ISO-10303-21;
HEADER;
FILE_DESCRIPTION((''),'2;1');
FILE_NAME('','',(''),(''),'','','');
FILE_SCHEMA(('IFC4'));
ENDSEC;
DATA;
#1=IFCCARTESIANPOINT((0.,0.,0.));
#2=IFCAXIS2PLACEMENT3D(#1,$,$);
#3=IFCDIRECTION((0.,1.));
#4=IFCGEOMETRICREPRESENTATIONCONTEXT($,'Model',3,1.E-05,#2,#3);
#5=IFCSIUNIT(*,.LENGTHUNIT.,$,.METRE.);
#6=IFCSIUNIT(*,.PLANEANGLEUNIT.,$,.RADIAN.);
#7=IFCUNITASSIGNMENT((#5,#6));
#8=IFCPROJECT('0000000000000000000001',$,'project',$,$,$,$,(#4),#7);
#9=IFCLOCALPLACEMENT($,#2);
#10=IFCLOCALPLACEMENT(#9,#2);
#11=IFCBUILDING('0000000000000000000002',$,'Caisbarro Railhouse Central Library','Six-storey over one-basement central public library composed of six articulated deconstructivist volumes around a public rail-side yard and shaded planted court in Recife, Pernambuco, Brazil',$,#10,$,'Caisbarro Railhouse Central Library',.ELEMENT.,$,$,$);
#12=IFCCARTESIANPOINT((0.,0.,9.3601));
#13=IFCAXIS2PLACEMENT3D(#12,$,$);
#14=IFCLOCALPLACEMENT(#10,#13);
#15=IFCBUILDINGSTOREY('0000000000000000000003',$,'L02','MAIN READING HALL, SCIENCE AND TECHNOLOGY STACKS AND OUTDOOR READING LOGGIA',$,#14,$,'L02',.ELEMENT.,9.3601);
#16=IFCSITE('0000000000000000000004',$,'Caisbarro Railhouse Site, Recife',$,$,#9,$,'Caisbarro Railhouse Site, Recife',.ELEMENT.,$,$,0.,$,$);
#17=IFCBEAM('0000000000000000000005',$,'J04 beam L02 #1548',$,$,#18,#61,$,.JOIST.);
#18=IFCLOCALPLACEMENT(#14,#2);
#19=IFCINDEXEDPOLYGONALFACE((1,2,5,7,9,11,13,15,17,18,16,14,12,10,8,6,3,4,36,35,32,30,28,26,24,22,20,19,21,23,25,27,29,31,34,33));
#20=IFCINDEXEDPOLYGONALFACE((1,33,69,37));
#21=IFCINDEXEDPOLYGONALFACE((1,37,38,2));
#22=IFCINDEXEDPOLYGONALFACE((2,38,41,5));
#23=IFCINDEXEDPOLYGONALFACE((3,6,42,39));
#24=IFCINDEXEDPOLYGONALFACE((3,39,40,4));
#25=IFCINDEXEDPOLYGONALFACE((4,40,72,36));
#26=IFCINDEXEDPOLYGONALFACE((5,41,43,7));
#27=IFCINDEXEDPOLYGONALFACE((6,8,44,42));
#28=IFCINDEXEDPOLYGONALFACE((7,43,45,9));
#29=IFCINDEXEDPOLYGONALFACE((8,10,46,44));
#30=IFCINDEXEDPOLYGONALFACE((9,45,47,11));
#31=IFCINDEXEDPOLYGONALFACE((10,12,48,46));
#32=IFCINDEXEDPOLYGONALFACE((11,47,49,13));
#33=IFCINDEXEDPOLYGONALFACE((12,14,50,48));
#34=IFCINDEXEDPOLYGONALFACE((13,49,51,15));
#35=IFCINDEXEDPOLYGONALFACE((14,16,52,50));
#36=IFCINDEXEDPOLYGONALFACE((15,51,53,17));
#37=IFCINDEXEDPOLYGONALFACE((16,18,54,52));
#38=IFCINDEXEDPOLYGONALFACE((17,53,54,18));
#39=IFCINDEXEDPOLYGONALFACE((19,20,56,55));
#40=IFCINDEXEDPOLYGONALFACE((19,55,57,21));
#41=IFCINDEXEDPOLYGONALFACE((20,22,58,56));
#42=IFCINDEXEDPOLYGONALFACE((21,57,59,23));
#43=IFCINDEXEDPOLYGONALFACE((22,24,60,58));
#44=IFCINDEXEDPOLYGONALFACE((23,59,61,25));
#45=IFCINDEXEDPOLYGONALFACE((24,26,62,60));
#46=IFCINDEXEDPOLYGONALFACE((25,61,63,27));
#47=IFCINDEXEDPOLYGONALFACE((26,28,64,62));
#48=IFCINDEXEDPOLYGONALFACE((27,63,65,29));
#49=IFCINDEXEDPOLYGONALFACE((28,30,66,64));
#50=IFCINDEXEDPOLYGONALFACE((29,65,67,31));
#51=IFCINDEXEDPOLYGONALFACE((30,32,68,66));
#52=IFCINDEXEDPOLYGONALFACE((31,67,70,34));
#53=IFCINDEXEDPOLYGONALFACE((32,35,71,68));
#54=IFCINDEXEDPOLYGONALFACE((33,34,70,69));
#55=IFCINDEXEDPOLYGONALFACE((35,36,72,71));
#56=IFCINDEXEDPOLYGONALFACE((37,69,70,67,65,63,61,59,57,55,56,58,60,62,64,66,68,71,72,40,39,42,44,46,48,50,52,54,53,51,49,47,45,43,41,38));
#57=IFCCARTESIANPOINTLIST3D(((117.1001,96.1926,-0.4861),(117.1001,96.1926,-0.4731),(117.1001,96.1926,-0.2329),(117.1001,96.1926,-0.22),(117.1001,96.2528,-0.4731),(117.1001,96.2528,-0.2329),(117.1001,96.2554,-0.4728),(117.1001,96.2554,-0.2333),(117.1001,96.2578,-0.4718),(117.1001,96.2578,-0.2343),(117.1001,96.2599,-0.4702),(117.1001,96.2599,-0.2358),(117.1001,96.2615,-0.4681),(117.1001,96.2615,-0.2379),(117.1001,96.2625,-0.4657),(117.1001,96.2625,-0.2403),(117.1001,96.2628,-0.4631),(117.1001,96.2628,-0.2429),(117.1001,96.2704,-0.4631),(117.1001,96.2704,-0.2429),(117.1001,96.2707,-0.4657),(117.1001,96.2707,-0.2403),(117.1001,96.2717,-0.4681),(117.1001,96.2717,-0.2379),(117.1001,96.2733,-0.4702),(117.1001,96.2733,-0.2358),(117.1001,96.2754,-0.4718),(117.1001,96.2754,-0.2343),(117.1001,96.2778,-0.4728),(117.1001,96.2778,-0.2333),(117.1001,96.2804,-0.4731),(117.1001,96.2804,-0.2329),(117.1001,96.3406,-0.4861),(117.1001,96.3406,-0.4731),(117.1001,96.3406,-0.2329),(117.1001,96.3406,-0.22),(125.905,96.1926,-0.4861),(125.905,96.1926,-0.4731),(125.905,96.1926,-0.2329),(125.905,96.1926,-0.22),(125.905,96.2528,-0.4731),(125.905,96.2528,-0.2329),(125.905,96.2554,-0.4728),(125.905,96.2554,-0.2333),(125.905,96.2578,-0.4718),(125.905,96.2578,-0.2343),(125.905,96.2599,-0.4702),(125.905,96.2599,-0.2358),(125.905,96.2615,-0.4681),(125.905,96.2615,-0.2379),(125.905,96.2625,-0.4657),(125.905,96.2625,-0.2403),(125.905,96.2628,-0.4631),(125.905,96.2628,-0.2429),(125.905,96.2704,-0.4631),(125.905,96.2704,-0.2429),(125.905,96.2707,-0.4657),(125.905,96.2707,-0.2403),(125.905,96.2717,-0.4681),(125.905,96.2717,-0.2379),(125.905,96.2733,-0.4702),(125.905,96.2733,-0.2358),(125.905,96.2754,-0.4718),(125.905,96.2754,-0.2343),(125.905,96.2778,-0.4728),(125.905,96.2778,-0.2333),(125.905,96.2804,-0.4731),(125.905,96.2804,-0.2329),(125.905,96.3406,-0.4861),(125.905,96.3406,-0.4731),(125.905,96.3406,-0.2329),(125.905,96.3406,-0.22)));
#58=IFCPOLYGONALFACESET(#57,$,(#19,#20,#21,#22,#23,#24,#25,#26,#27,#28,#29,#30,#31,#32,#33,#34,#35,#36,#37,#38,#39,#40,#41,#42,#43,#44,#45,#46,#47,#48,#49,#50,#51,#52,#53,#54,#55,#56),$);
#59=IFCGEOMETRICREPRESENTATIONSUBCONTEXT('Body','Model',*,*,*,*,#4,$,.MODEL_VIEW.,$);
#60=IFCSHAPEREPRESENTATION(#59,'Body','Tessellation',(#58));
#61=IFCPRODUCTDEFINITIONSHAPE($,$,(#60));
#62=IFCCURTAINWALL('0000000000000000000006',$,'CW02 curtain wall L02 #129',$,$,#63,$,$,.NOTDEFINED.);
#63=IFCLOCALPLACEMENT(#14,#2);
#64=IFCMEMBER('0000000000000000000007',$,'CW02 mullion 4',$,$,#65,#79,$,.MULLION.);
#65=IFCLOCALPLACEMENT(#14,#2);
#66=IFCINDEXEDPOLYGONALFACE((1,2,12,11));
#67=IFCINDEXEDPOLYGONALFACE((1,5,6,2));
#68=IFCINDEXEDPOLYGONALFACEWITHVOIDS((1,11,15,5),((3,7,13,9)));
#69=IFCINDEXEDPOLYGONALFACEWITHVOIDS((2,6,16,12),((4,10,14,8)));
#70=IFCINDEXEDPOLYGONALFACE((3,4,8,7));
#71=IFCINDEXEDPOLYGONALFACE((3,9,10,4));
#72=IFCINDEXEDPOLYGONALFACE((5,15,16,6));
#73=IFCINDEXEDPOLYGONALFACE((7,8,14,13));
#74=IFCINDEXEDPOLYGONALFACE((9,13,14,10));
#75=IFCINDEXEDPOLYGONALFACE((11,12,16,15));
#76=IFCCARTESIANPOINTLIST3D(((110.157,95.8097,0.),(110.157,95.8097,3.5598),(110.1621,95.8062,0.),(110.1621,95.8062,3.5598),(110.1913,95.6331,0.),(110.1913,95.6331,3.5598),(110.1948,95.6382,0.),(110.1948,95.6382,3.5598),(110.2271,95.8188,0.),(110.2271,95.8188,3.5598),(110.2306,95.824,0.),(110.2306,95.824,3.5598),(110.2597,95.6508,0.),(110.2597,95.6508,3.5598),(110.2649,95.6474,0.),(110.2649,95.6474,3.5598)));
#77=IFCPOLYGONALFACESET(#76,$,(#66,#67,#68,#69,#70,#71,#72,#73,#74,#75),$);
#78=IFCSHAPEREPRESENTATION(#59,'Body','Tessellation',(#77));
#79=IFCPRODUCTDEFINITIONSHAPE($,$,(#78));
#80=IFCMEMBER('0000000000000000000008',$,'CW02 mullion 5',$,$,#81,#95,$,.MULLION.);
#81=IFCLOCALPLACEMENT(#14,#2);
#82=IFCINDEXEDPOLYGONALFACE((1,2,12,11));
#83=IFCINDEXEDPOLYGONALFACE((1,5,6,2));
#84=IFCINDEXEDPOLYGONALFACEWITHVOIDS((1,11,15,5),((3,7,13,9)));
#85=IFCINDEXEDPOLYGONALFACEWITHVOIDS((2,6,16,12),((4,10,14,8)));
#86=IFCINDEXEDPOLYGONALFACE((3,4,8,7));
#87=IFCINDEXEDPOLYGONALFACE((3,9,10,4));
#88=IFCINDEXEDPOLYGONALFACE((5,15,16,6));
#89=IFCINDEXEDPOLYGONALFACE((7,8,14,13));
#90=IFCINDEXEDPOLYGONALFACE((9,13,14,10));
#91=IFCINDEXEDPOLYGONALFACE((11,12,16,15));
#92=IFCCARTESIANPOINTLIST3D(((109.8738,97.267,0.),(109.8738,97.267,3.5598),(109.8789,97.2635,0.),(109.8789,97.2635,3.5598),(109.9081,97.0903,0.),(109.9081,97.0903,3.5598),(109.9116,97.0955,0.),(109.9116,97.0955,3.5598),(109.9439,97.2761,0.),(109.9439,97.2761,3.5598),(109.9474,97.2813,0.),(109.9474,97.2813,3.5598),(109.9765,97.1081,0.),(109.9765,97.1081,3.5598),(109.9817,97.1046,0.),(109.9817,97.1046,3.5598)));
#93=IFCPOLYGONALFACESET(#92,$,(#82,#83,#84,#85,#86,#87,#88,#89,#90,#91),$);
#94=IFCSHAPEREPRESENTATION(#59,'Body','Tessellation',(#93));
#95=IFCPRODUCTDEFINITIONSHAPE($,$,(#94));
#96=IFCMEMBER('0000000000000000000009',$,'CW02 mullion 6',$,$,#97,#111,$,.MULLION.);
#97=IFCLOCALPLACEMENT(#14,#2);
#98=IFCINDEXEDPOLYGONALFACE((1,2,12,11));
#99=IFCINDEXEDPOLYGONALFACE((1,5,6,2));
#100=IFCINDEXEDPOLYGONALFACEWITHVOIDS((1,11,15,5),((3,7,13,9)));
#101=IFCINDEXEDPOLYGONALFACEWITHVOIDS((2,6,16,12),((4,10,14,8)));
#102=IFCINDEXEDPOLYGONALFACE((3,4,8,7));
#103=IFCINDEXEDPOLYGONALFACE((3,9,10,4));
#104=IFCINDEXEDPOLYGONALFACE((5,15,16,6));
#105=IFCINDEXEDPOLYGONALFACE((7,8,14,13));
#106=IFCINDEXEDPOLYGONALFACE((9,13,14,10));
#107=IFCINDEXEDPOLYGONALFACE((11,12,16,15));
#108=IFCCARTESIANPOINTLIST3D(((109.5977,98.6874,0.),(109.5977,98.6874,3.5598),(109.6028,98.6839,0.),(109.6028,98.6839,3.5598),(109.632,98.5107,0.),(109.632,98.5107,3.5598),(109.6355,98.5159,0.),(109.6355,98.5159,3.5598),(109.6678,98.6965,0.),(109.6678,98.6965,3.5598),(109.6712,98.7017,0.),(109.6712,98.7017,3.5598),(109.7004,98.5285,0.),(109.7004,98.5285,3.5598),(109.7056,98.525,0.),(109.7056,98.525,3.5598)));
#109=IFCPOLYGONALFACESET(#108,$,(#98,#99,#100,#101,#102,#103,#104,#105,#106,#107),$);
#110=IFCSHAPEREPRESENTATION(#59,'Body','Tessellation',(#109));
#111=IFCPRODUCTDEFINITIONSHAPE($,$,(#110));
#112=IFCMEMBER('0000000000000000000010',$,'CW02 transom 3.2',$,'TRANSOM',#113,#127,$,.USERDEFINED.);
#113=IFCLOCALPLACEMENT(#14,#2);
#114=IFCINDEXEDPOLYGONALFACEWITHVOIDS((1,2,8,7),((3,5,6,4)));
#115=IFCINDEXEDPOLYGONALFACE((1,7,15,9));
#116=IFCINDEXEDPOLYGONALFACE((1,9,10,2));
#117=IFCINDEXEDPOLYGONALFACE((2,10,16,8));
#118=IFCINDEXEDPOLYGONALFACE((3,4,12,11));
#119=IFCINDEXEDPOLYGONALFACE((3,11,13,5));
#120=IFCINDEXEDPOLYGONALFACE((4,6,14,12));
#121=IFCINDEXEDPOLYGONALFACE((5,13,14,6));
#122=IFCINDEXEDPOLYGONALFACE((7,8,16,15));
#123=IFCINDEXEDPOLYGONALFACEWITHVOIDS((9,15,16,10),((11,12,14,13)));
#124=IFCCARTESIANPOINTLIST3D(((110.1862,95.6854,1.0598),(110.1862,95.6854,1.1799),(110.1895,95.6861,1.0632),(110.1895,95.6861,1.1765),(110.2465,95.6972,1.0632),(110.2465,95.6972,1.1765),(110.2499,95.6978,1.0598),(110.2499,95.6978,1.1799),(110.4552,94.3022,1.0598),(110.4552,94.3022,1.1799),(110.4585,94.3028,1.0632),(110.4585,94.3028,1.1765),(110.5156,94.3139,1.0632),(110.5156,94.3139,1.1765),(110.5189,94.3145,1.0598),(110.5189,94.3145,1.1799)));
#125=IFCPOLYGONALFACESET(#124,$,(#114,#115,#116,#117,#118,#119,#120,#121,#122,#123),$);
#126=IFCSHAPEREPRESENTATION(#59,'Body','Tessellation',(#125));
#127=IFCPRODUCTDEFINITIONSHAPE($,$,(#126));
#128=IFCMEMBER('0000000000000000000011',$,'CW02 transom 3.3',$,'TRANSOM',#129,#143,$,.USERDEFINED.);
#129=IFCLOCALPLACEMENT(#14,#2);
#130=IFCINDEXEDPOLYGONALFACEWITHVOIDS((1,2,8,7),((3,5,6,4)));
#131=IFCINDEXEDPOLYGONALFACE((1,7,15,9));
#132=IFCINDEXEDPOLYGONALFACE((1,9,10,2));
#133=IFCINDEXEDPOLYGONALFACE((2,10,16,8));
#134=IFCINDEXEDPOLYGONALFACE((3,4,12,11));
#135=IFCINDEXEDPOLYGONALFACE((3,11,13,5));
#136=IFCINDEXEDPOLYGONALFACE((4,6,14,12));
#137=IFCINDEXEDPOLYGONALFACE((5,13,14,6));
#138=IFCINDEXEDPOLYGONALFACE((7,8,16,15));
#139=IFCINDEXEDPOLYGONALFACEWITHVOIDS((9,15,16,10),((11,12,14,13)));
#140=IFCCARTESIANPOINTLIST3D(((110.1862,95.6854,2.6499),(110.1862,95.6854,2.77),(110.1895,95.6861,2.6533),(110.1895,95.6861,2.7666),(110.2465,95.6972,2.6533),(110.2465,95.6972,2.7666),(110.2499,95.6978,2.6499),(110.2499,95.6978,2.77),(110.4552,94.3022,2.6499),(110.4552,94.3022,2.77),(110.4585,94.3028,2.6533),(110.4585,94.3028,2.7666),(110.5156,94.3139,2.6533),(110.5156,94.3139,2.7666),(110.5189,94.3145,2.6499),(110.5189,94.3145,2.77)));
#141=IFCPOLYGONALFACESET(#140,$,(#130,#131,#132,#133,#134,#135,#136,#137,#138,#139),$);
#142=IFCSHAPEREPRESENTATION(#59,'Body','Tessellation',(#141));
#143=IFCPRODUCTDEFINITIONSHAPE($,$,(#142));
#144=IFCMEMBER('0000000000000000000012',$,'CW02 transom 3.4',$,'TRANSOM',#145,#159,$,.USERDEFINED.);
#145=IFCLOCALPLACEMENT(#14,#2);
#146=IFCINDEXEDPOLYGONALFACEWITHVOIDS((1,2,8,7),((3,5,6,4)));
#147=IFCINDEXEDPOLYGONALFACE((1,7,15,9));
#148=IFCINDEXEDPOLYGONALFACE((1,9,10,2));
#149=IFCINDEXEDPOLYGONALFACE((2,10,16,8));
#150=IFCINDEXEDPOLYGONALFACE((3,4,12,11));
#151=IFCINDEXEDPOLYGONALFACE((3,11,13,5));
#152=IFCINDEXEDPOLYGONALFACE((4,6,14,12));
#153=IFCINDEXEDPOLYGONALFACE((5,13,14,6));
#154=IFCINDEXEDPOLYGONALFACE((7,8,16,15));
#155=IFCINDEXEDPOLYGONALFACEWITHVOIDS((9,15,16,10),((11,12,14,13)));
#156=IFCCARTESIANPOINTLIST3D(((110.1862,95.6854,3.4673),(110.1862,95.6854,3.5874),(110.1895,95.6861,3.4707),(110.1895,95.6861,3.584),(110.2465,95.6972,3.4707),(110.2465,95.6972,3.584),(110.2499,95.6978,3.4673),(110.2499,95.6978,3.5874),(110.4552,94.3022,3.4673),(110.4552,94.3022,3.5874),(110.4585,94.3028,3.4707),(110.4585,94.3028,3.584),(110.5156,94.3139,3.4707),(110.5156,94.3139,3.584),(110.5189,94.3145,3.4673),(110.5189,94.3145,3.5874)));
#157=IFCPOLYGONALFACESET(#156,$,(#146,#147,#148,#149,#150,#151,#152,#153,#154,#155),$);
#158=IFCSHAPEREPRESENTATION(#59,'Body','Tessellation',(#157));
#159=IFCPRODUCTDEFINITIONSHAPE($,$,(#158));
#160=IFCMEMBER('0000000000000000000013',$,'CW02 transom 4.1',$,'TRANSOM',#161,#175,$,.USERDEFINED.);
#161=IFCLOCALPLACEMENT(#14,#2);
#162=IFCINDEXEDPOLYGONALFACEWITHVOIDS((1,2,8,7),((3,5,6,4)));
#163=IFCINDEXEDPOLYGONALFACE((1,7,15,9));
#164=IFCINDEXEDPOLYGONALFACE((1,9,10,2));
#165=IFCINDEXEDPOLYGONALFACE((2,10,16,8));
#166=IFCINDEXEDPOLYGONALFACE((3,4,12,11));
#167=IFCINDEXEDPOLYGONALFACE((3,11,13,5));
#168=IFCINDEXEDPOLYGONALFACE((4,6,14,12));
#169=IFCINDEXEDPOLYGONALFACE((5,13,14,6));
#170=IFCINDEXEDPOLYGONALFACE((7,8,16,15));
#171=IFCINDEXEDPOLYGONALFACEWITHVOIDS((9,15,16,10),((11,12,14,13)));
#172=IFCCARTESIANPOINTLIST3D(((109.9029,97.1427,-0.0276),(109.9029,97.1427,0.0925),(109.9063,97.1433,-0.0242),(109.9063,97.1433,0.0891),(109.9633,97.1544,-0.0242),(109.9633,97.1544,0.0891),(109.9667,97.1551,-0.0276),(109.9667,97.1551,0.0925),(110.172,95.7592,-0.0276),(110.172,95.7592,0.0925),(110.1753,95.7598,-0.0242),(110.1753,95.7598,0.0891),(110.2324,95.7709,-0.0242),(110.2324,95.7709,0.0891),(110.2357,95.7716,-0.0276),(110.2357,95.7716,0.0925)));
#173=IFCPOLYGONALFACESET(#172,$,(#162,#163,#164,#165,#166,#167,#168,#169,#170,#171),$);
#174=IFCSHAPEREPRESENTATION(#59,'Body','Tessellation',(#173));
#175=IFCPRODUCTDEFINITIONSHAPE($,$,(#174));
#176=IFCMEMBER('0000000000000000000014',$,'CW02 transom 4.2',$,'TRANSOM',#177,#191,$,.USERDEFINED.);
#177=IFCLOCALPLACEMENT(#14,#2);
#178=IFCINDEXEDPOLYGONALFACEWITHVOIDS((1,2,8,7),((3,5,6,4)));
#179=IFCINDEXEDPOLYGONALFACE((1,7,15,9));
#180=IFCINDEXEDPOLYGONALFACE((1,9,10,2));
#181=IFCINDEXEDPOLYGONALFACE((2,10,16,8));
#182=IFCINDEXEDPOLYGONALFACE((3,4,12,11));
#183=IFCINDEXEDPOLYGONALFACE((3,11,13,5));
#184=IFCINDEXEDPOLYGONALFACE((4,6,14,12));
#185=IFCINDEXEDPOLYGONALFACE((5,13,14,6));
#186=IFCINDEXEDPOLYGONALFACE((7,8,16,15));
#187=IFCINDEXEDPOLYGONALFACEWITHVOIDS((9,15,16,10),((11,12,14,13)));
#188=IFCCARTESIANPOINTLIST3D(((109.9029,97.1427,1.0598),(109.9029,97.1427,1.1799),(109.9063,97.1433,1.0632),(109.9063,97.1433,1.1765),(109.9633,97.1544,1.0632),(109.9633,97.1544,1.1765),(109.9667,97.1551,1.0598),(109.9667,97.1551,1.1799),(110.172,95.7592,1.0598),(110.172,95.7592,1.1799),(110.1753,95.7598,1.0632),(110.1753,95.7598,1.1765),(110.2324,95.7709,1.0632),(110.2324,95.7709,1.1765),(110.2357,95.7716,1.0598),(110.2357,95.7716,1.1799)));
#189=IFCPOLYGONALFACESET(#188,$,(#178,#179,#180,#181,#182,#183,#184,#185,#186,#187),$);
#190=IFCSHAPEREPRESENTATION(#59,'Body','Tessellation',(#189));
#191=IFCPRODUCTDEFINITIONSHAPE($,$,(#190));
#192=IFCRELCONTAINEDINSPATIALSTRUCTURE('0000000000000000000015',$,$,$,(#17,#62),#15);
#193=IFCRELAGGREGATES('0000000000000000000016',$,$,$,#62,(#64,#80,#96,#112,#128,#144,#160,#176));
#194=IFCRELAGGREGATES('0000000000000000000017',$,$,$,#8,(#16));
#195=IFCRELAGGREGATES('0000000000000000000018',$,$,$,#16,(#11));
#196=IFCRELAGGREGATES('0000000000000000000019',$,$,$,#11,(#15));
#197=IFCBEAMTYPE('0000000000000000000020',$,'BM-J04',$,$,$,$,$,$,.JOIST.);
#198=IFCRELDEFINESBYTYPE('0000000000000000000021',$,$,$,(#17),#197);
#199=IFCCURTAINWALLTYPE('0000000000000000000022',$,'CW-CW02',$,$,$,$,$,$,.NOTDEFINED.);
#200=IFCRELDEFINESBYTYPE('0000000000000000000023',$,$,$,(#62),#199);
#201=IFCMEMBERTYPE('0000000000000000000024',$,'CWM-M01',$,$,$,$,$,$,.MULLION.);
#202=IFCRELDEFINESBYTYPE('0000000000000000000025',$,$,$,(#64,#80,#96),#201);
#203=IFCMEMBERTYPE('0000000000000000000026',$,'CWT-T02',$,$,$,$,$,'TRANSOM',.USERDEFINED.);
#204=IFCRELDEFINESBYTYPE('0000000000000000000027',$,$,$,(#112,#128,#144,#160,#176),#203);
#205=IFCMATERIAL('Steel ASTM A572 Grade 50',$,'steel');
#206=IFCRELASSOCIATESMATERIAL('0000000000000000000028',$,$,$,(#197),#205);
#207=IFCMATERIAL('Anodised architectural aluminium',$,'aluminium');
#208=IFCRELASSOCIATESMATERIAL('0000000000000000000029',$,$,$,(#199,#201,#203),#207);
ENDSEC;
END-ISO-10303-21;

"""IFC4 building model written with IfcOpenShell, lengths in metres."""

from ifc_helpers import new_model, si_unit, direction, frame, origin, origin_2d, place, context, subcontext, project, spatial, hollow_rectangle, i_section, extrude, material, material_profile, profile_set, type_object, element, aggregate, save


model = new_model("IFC4")

# Units and contexts
model_context = context("Model", 3, precision=1e-05, world=origin(), true_north=direction((0.0, 1.0)))
body_context = subcontext(model_context, "Body", "Model", "MODEL_VIEW")
ifc_project = project(units=[si_unit("LENGTHUNIT", "METRE"), si_unit("PLANEANGLEUNIT", "RADIAN")], contexts=[model_context])

# Site, building, storey
site_placement = place(None, origin())
site = spatial("IfcSite", under=ifc_project, at=site_placement, Name="Caisbarro Railhouse Site, Recife", LongName="Caisbarro Railhouse Site, Recife", CompositionType="ELEMENT", RefElevation=0.0)
building_placement = place(site_placement, origin())
building = spatial("IfcBuilding", under=site, at=building_placement, Name="Caisbarro Railhouse Central Library", Description="Six-storey over one-basement central public library composed of six articulated deconstructivist volumes around a public rail-side yard and shaded planted court in Recife, Pernambuco, Brazil", LongName="Caisbarro Railhouse Central Library", CompositionType="ELEMENT")
storey_placement = place(building_placement, frame((0.0, 0.0, 9.3601)))
storey = spatial("IfcBuildingStorey", under=building, at=storey_placement, Name="L02", Description="MAIN READING HALL, SCIENCE AND TECHNOLOGY STACKS AND OUTDOOR READING LOGGIA", LongName="L02", CompositionType="ELEMENT", Elevation=9.3601)

# Shared definitions
ifc_material_1 = material(Name="Steel ASTM A572 Grade 50", Category="steel")

# Beam
ifc_material_profile_1 = material_profile(ifc_material_1, i_section(OverallWidth=0.1479, OverallDepth=0.2661, WebThickness=0.0076, FlangeThickness=0.0129, FilletRadius=0.01, at=origin_2d()), Name="W250X44.8")
ifc_profile_set_1 = profile_set([ifc_material_profile_1], Name="Steel ASTM A572 Grade 50")
beam_type_1 = type_object("IfcBeamType", Name="BM-J04", PredefinedType="JOIST", material=ifc_profile_set_1)
beam_1_placement = place(storey_placement, frame((117.1001, 96.2666, -0.353), z_axis=(1.0, 0.0, 0.0), x_axis=(0.0, 1.0, 0.0)))
element("IfcBeam", 1, at=beam_1_placement, inside=storey, type_object=beam_type_1, Name="J04 beam L02 #1548", PredefinedType="JOIST", context=body_context, shape_type="SweptSolid", body=[
    extrude(i_section(OverallWidth=0.1479, OverallDepth=0.2661, WebThickness=0.0076, FlangeThickness=0.0129, FilletRadius=0.01, at=origin_2d()), origin(), (0.0, 0.0, 1.0), 8.8049),
])

# Curtain wall, members
ifc_material_2 = material(Name="Anodised architectural aluminium", Category="aluminium")
curtain_wall_type = type_object("IfcCurtainWallType", Name="CW-CW02", PredefinedType="NOTDEFINED", material=ifc_material_2)
curtain_wall_placement = place(storey_placement, origin())
curtain_wall = element("IfcCurtainWall", 2, at=curtain_wall_placement, inside=storey, type_object=curtain_wall_type, Name="CW02 curtain wall L02 #129", PredefinedType="NOTDEFINED")
ifc_material_profile_2 = material_profile(ifc_material_2, hollow_rectangle(XDim=0.075, YDim=0.1799, WallThickness=0.0044, at=origin_2d()), Name="ALU-MUL-75X180")
ifc_profile_set_2 = profile_set([ifc_material_profile_2], Name="Anodised architectural aluminium")
member_type_1 = type_object("IfcMemberType", Name="CWM-M01", PredefinedType="MULLION", material=ifc_profile_set_2)
member_1_placement = place(storey_placement, frame((110.2109, 95.7285, 0.0), z_axis=(0.0, 0.0, 1.0), x_axis=(-0.981633, -0.190781, 0.0)))
member_1 = element("IfcMember", 3, at=member_1_placement, type_object=member_type_1, Name="CW02 mullion 4", PredefinedType="MULLION", context=body_context, shape_type="SweptSolid", body=[
    extrude(hollow_rectangle(XDim=0.075, YDim=0.1799, WallThickness=0.0044, at=origin_2d()), origin(), (0.0, 0.0, 1.0), 3.5598),
])
member_2_placement = place(storey_placement, frame((109.9277, 97.1858, 0.0), z_axis=(0.0, 0.0, 1.0), x_axis=(-0.981633, -0.190781, 0.0)))
member_2 = element("IfcMember", 4, at=member_2_placement, type_object=member_type_1, Name="CW02 mullion 5", PredefinedType="MULLION", context=body_context, shape_type="SweptSolid", body=[
    extrude(hollow_rectangle(XDim=0.075, YDim=0.1799, WallThickness=0.0044, at=origin_2d()), origin(), (0.0, 0.0, 1.0), 3.5598),
])
member_3_placement = place(storey_placement, frame((109.6516, 98.6062, 0.0), z_axis=(0.0, 0.0, 1.0), x_axis=(-0.981633, -0.190781, 0.0)))
member_3 = element("IfcMember", 5, at=member_3_placement, type_object=member_type_1, Name="CW02 mullion 6", PredefinedType="MULLION", context=body_context, shape_type="SweptSolid", body=[
    extrude(hollow_rectangle(XDim=0.075, YDim=0.1799, WallThickness=0.0044, at=origin_2d()), origin(), (0.0, 0.0, 1.0), 3.5598),
])
ifc_material_profile_3 = material_profile(ifc_material_2, hollow_rectangle(XDim=0.0649, YDim=0.1201, WallThickness=0.0034, at=origin_2d()), Name="ALU-TRN-65X120")
ifc_profile_set_3 = profile_set([ifc_material_profile_3], Name="Anodised architectural aluminium")
member_type_2 = type_object("IfcMemberType", Name="CWT-T02", ElementType="TRANSOM", PredefinedType="USERDEFINED", material=ifc_profile_set_3)
member_4_placement = place(storey_placement, frame((110.4871, 94.3083, 1.1199), z_axis=(-0.190916, 0.981606, 0.0), x_axis=(-0.981606, -0.190916, 0.0)))
member_4 = element("IfcMember", 6, at=member_4_placement, type_object=member_type_2, Name="CW02 transom 3.2", ObjectType="TRANSOM", PredefinedType="USERDEFINED", context=body_context, shape_type="SweptSolid", body=[
    extrude(hollow_rectangle(XDim=0.0649, YDim=0.1201, WallThickness=0.0034, at=origin_2d()), origin(), (0.0, 0.0, 1.0), 1.4092),
])
member_5_placement = place(storey_placement, frame((110.4871, 94.3083, 2.71), z_axis=(-0.190916, 0.981606, 0.0), x_axis=(-0.981606, -0.190916, 0.0)))
member_5 = element("IfcMember", 7, at=member_5_placement, type_object=member_type_2, Name="CW02 transom 3.3", ObjectType="TRANSOM", PredefinedType="USERDEFINED", context=body_context, shape_type="SweptSolid", body=[
    extrude(hollow_rectangle(XDim=0.0649, YDim=0.1201, WallThickness=0.0034, at=origin_2d()), origin(), (0.0, 0.0, 1.0), 1.4092),
])
member_6_placement = place(storey_placement, frame((110.4871, 94.3083, 3.5273), z_axis=(-0.190916, 0.981606, 0.0), x_axis=(-0.981606, -0.190916, 0.0)))
member_6 = element("IfcMember", 8, at=member_6_placement, type_object=member_type_2, Name="CW02 transom 3.4", ObjectType="TRANSOM", PredefinedType="USERDEFINED", context=body_context, shape_type="SweptSolid", body=[
    extrude(hollow_rectangle(XDim=0.0649, YDim=0.1201, WallThickness=0.0034, at=origin_2d()), origin(), (0.0, 0.0, 1.0), 1.4092),
])
member_7_placement = place(storey_placement, frame((110.2039, 95.7654, 0.0325), z_axis=(-0.190884, 0.981613, 0.0), x_axis=(-0.981613, -0.190884, 0.0)))
member_7 = element("IfcMember", 9, at=member_7_placement, type_object=member_type_2, Name="CW02 transom 4.1", ObjectType="TRANSOM", PredefinedType="USERDEFINED", context=body_context, shape_type="SweptSolid", body=[
    extrude(hollow_rectangle(XDim=0.0649, YDim=0.1201, WallThickness=0.0034, at=origin_2d()), origin(), (0.0, 0.0, 1.0), 1.4094),
])
member_8_placement = place(storey_placement, frame((110.2039, 95.7654, 1.1199), z_axis=(-0.190884, 0.981613, 0.0), x_axis=(-0.981613, -0.190884, 0.0)))
member_8 = element("IfcMember", 10, at=member_8_placement, type_object=member_type_2, Name="CW02 transom 4.2", ObjectType="TRANSOM", PredefinedType="USERDEFINED", context=body_context, shape_type="SweptSolid", body=[
    extrude(hollow_rectangle(XDim=0.0649, YDim=0.1201, WallThickness=0.0034, at=origin_2d()), origin(), (0.0, 0.0, 1.0), 1.4094),
])
aggregate(curtain_wall, [member_1, member_2, member_3, member_4, member_5, member_6, member_7, member_8])

save(model, "model.ifc")
